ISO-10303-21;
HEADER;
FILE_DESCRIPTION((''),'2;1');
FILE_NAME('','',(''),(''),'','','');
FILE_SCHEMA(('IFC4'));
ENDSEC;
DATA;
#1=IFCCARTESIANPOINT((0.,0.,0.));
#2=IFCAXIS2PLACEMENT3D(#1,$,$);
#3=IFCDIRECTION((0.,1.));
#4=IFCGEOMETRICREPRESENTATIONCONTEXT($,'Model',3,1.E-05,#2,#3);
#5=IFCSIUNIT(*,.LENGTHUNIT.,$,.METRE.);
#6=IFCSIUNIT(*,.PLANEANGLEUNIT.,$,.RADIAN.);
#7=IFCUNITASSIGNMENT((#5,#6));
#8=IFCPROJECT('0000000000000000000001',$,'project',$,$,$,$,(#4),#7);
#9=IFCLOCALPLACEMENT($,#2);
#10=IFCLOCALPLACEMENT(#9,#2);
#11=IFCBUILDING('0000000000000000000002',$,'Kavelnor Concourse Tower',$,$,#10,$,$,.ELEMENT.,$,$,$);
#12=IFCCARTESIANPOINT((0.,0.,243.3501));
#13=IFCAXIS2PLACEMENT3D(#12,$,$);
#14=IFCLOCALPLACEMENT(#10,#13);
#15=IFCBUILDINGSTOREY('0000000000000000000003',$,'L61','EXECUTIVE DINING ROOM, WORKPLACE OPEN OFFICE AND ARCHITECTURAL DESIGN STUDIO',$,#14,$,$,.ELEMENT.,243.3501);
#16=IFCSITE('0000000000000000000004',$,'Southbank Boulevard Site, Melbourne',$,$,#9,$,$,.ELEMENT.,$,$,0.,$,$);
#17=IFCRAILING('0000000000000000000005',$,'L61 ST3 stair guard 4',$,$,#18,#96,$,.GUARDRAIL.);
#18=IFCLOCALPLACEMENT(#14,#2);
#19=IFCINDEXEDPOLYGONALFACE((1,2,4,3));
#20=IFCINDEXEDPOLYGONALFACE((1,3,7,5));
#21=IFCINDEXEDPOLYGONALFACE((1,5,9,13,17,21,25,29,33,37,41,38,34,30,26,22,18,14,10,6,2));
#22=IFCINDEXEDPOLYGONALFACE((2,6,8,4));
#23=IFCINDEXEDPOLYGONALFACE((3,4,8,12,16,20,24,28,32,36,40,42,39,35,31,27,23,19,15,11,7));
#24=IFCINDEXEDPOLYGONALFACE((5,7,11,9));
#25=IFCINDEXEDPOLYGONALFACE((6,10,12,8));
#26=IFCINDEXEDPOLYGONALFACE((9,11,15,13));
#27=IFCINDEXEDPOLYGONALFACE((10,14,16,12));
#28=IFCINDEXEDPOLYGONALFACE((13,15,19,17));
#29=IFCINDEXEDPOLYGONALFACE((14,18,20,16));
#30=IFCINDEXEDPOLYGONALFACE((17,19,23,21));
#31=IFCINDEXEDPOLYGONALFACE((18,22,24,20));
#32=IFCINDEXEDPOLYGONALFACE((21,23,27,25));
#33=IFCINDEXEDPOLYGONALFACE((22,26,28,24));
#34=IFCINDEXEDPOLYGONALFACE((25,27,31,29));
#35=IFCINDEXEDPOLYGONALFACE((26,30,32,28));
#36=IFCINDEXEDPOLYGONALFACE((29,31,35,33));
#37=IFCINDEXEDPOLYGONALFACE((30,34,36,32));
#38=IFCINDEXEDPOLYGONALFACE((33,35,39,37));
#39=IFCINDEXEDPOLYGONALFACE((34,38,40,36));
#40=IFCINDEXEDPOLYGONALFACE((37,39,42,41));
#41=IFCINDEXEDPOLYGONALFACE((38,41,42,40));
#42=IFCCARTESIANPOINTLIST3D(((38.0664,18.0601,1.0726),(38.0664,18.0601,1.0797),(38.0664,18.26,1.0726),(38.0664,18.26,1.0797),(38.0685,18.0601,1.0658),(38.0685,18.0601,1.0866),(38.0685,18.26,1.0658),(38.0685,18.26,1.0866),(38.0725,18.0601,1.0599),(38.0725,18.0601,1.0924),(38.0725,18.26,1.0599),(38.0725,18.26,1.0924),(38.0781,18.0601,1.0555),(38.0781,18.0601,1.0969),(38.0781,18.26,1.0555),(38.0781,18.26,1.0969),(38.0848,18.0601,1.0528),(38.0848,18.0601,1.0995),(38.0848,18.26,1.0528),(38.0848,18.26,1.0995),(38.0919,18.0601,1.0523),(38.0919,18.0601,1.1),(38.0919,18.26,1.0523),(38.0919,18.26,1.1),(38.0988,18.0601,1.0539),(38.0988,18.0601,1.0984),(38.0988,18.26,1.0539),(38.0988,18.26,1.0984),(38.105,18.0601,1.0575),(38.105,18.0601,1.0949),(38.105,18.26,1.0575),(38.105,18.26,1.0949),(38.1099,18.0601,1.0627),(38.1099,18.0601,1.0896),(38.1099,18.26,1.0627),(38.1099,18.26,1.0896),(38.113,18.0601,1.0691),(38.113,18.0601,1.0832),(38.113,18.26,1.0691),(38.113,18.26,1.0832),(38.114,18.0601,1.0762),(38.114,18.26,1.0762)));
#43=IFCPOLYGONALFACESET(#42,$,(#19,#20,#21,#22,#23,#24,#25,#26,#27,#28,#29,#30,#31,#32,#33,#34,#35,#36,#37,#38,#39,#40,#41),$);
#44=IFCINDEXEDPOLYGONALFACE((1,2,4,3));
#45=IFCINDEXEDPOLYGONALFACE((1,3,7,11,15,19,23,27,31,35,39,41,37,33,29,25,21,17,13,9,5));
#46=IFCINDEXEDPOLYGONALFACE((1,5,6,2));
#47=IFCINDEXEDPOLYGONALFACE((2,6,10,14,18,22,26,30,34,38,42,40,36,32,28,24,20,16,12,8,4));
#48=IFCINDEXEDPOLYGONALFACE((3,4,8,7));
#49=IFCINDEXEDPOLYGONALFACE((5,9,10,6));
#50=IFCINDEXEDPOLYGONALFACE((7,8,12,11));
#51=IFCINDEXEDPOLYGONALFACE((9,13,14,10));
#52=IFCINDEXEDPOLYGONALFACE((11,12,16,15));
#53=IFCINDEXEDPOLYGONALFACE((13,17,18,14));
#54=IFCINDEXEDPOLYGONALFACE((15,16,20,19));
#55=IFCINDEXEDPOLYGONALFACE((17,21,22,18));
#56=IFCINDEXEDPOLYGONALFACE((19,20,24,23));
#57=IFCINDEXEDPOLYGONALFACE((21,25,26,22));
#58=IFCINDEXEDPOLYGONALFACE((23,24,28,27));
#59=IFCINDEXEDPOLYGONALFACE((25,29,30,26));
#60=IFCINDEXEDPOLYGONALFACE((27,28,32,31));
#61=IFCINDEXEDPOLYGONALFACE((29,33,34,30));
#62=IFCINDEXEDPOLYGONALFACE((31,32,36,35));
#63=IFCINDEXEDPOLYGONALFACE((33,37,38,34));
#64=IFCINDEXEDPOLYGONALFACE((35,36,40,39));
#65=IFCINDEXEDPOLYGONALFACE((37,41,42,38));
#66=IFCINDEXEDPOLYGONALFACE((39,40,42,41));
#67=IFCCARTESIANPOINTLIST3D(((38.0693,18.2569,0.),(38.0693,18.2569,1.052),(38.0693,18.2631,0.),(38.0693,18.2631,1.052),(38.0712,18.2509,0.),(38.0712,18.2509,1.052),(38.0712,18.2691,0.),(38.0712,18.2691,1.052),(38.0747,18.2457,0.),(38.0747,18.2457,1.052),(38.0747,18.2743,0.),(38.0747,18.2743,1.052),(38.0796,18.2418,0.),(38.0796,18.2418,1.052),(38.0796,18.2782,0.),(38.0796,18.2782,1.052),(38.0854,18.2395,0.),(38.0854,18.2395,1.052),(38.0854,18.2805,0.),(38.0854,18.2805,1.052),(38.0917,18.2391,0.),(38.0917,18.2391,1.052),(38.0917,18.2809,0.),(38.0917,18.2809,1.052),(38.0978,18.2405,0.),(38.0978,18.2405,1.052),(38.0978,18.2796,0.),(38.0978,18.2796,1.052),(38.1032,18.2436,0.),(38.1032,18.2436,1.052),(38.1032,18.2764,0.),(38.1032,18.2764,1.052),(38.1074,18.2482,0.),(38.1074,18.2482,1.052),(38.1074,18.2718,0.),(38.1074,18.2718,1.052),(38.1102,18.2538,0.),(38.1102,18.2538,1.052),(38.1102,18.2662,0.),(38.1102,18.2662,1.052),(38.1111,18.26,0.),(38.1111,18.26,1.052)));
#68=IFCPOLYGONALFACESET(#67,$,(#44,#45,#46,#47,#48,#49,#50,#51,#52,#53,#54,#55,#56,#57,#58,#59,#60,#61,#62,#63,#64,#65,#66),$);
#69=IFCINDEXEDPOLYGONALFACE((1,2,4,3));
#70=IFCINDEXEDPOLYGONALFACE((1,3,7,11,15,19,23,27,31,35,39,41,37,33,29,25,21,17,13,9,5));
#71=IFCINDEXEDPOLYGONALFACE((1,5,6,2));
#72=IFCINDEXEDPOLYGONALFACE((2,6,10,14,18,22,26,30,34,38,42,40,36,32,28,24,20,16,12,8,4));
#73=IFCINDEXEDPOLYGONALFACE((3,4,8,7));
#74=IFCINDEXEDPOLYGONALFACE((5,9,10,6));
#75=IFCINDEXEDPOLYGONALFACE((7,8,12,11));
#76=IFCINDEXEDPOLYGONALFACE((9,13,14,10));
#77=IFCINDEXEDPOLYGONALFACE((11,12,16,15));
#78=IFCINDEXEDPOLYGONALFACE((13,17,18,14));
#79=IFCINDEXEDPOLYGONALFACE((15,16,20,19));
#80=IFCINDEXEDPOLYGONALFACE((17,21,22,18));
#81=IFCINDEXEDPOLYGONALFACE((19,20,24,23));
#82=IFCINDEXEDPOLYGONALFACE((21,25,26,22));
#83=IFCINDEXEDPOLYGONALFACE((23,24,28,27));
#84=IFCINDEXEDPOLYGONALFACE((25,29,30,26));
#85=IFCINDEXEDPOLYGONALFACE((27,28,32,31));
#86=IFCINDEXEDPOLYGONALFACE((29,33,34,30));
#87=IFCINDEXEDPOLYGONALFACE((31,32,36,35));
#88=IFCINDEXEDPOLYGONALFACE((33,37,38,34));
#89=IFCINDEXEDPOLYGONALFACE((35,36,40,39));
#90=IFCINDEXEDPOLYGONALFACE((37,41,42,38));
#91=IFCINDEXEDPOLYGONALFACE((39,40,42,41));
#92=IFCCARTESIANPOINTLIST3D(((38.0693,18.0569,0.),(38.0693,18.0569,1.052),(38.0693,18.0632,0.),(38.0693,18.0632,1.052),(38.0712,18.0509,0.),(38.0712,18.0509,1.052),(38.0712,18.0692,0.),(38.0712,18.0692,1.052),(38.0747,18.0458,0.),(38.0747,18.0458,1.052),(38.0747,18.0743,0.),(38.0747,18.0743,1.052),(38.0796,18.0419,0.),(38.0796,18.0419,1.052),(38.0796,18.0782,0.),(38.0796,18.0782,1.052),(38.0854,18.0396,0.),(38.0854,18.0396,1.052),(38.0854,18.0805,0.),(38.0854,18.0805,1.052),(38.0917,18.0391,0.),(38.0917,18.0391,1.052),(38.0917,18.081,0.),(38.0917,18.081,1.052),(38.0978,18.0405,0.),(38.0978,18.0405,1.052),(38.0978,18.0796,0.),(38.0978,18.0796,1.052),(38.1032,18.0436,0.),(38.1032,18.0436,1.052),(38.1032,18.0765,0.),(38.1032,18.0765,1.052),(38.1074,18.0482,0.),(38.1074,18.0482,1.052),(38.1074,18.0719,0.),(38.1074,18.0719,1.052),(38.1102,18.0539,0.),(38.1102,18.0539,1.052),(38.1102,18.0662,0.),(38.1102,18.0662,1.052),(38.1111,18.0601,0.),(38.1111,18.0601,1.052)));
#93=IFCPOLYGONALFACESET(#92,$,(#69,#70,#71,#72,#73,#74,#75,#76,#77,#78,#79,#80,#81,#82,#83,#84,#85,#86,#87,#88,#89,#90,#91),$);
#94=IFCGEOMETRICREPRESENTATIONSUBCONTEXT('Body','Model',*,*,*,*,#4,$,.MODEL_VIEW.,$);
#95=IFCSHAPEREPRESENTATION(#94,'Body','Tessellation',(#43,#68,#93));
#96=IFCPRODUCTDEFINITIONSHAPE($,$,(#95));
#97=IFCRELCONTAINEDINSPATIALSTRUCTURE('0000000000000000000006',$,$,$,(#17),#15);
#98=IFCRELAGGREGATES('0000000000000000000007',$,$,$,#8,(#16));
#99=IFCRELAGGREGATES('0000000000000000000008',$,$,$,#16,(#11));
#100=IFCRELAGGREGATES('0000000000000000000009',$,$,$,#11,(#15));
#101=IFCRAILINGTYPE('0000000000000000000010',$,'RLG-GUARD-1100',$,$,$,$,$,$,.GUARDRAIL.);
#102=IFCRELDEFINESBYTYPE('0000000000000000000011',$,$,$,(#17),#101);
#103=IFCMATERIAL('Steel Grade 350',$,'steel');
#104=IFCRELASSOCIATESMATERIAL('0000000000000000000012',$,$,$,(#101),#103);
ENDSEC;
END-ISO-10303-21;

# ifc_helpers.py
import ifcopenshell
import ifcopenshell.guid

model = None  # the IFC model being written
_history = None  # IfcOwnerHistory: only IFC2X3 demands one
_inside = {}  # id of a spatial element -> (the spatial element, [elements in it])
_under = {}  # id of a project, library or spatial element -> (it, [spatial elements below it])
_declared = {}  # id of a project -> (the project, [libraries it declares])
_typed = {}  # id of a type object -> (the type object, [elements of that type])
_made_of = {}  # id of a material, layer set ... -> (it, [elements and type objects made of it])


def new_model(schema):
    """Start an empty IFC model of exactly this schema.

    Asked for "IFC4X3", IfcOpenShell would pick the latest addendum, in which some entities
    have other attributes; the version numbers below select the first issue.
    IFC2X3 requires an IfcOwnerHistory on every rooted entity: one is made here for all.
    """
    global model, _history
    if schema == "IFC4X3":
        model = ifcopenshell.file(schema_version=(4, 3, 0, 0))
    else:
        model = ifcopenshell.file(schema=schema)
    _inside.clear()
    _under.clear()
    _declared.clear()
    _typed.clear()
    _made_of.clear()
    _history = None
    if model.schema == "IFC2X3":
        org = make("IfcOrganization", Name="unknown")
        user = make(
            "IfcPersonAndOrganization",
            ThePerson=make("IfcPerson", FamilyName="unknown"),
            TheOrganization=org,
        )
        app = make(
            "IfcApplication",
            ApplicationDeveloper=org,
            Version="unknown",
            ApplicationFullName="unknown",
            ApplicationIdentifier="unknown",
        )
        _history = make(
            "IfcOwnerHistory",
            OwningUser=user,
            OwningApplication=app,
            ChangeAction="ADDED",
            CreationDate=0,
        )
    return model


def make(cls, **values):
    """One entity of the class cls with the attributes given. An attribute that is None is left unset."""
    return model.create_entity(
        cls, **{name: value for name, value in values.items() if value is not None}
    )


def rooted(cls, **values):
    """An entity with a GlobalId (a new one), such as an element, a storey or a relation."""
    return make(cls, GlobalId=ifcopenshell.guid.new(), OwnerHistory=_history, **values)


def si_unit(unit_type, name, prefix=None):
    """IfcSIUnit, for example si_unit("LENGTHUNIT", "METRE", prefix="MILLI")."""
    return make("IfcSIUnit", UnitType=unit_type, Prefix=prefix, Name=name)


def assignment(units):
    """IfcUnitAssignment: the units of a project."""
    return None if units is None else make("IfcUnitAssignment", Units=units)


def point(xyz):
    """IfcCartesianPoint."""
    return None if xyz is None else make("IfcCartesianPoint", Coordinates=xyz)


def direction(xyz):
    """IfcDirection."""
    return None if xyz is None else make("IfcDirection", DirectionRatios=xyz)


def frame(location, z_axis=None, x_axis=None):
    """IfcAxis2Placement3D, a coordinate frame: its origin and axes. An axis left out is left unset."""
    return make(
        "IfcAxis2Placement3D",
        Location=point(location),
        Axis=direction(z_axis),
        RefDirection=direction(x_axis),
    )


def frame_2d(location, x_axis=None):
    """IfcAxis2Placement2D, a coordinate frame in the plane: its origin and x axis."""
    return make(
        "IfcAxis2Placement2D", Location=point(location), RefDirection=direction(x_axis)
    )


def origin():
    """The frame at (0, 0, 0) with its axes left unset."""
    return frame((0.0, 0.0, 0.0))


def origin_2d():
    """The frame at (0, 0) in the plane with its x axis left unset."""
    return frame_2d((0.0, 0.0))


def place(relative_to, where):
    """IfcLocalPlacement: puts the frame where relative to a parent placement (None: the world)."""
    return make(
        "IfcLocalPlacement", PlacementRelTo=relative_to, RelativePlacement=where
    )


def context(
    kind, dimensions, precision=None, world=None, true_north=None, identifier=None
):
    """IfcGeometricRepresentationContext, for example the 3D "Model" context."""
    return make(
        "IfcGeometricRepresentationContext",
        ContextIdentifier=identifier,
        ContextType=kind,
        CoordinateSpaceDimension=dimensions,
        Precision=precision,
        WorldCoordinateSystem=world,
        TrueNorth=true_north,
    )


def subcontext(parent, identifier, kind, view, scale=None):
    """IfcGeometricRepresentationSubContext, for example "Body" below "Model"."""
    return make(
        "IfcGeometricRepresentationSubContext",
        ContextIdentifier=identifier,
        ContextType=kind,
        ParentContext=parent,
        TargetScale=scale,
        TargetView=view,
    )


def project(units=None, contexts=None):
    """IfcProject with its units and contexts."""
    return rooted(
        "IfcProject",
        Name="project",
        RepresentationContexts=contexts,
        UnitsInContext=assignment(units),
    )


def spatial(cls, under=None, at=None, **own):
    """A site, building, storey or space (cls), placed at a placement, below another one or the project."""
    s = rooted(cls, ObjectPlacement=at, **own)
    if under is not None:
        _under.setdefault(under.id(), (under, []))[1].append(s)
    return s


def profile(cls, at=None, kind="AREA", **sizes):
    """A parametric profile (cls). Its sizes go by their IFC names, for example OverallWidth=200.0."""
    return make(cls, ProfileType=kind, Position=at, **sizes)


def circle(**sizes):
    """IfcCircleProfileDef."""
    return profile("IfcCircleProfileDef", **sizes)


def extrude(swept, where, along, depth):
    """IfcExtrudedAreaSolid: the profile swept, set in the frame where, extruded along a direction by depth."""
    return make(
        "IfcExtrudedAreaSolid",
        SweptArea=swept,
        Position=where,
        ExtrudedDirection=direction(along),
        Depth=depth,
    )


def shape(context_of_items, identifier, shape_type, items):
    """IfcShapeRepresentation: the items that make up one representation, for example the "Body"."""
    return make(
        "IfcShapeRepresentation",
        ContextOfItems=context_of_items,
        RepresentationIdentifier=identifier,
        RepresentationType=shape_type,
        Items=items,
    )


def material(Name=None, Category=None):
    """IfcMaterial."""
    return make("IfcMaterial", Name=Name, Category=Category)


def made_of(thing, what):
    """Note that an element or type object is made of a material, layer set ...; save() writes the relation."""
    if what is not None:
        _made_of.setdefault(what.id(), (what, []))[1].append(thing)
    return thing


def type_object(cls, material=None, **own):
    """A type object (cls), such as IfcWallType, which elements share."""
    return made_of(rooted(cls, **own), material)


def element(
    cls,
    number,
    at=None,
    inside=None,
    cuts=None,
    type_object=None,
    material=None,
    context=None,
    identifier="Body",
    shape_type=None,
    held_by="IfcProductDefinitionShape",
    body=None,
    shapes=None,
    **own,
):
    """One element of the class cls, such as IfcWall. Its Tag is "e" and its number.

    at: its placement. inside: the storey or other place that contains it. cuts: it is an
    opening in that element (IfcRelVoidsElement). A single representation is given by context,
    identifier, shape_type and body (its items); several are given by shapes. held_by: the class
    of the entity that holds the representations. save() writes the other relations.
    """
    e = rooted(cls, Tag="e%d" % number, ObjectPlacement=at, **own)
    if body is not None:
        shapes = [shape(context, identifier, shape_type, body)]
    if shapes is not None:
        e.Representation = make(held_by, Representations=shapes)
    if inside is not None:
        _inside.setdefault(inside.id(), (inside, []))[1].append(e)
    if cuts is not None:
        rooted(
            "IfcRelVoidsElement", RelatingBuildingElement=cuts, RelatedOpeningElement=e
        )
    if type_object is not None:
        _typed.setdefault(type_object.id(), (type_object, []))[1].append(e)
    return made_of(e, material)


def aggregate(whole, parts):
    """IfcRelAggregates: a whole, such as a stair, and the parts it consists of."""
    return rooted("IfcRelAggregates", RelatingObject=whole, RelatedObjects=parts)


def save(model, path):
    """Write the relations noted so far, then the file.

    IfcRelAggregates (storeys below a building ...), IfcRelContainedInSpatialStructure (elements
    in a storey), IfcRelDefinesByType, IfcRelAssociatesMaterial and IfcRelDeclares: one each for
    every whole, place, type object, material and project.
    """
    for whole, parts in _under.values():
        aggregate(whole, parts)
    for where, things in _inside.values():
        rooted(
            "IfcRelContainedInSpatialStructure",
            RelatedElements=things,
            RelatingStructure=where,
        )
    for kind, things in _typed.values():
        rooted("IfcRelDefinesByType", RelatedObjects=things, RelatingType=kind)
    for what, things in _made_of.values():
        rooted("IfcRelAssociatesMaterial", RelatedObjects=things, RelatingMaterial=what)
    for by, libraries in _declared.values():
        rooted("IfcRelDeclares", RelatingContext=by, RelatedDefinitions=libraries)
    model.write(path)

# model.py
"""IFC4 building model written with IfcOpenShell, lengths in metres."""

from ifc_helpers import new_model, si_unit, direction, frame, origin, origin_2d, place, context, subcontext, project, spatial, circle, extrude, material, type_object, element, save


model = new_model("IFC4")

# Units and contexts
model_context = context("Model", 3, precision=1e-05, world=origin(), true_north=direction((0.0, 1.0)))
body_context = subcontext(model_context, "Body", "Model", "MODEL_VIEW")
ifc_project = project(units=[si_unit("LENGTHUNIT", "METRE"), si_unit("PLANEANGLEUNIT", "RADIAN")], contexts=[model_context])

# Site, building, storey
site_placement = place(None, origin())
site = spatial("IfcSite", under=ifc_project, at=site_placement, Name="Southbank Boulevard Site, Melbourne", CompositionType="ELEMENT", RefElevation=0.0)
building_placement = place(site_placement, origin())
building = spatial("IfcBuilding", under=site, at=building_placement, Name="Kavelnor Concourse Tower", CompositionType="ELEMENT")
storey_placement = place(building_placement, frame((0.0, 0.0, 243.3501)))
storey = spatial("IfcBuildingStorey", under=building, at=storey_placement, Name="L61", Description="EXECUTIVE DINING ROOM, WORKPLACE OPEN OFFICE AND ARCHITECTURAL DESIGN STUDIO", CompositionType="ELEMENT", Elevation=243.3501)

# Shared definitions
ifc_material_1 = material(Name="Steel Grade 350", Category="steel")

# Railing
railing_type_1 = type_object("IfcRailingType", Name="RLG-GUARD-1100", PredefinedType="GUARDRAIL", material=ifc_material_1)
railing_1_placement = place(storey_placement, frame((38.0901, 18.26, 0.0)))
element("IfcRailing", 1, at=railing_1_placement, inside=storey, type_object=railing_type_1, Name="L61 ST3 stair guard 4", PredefinedType="GUARDRAIL", context=body_context, shape_type="SweptSolid", body=[
    extrude(circle(Radius=0.0239, at=origin_2d()), frame((0.0, 0.0, 1.0762), z_axis=(0.0, -1.0, 0.0), x_axis=(1.0, 0.0, 0.0)), (0.0, 0.0, 1.0), 0.2),
    extrude(circle(Radius=0.021, at=origin_2d()), origin(), (0.0, 0.0, 1.0), 1.052),
    extrude(circle(Radius=0.021, at=origin_2d()), frame((0.0, -0.2, 0.0)), (0.0, 0.0, 1.0), 1.052),
])

save(model, "model.ifc")
